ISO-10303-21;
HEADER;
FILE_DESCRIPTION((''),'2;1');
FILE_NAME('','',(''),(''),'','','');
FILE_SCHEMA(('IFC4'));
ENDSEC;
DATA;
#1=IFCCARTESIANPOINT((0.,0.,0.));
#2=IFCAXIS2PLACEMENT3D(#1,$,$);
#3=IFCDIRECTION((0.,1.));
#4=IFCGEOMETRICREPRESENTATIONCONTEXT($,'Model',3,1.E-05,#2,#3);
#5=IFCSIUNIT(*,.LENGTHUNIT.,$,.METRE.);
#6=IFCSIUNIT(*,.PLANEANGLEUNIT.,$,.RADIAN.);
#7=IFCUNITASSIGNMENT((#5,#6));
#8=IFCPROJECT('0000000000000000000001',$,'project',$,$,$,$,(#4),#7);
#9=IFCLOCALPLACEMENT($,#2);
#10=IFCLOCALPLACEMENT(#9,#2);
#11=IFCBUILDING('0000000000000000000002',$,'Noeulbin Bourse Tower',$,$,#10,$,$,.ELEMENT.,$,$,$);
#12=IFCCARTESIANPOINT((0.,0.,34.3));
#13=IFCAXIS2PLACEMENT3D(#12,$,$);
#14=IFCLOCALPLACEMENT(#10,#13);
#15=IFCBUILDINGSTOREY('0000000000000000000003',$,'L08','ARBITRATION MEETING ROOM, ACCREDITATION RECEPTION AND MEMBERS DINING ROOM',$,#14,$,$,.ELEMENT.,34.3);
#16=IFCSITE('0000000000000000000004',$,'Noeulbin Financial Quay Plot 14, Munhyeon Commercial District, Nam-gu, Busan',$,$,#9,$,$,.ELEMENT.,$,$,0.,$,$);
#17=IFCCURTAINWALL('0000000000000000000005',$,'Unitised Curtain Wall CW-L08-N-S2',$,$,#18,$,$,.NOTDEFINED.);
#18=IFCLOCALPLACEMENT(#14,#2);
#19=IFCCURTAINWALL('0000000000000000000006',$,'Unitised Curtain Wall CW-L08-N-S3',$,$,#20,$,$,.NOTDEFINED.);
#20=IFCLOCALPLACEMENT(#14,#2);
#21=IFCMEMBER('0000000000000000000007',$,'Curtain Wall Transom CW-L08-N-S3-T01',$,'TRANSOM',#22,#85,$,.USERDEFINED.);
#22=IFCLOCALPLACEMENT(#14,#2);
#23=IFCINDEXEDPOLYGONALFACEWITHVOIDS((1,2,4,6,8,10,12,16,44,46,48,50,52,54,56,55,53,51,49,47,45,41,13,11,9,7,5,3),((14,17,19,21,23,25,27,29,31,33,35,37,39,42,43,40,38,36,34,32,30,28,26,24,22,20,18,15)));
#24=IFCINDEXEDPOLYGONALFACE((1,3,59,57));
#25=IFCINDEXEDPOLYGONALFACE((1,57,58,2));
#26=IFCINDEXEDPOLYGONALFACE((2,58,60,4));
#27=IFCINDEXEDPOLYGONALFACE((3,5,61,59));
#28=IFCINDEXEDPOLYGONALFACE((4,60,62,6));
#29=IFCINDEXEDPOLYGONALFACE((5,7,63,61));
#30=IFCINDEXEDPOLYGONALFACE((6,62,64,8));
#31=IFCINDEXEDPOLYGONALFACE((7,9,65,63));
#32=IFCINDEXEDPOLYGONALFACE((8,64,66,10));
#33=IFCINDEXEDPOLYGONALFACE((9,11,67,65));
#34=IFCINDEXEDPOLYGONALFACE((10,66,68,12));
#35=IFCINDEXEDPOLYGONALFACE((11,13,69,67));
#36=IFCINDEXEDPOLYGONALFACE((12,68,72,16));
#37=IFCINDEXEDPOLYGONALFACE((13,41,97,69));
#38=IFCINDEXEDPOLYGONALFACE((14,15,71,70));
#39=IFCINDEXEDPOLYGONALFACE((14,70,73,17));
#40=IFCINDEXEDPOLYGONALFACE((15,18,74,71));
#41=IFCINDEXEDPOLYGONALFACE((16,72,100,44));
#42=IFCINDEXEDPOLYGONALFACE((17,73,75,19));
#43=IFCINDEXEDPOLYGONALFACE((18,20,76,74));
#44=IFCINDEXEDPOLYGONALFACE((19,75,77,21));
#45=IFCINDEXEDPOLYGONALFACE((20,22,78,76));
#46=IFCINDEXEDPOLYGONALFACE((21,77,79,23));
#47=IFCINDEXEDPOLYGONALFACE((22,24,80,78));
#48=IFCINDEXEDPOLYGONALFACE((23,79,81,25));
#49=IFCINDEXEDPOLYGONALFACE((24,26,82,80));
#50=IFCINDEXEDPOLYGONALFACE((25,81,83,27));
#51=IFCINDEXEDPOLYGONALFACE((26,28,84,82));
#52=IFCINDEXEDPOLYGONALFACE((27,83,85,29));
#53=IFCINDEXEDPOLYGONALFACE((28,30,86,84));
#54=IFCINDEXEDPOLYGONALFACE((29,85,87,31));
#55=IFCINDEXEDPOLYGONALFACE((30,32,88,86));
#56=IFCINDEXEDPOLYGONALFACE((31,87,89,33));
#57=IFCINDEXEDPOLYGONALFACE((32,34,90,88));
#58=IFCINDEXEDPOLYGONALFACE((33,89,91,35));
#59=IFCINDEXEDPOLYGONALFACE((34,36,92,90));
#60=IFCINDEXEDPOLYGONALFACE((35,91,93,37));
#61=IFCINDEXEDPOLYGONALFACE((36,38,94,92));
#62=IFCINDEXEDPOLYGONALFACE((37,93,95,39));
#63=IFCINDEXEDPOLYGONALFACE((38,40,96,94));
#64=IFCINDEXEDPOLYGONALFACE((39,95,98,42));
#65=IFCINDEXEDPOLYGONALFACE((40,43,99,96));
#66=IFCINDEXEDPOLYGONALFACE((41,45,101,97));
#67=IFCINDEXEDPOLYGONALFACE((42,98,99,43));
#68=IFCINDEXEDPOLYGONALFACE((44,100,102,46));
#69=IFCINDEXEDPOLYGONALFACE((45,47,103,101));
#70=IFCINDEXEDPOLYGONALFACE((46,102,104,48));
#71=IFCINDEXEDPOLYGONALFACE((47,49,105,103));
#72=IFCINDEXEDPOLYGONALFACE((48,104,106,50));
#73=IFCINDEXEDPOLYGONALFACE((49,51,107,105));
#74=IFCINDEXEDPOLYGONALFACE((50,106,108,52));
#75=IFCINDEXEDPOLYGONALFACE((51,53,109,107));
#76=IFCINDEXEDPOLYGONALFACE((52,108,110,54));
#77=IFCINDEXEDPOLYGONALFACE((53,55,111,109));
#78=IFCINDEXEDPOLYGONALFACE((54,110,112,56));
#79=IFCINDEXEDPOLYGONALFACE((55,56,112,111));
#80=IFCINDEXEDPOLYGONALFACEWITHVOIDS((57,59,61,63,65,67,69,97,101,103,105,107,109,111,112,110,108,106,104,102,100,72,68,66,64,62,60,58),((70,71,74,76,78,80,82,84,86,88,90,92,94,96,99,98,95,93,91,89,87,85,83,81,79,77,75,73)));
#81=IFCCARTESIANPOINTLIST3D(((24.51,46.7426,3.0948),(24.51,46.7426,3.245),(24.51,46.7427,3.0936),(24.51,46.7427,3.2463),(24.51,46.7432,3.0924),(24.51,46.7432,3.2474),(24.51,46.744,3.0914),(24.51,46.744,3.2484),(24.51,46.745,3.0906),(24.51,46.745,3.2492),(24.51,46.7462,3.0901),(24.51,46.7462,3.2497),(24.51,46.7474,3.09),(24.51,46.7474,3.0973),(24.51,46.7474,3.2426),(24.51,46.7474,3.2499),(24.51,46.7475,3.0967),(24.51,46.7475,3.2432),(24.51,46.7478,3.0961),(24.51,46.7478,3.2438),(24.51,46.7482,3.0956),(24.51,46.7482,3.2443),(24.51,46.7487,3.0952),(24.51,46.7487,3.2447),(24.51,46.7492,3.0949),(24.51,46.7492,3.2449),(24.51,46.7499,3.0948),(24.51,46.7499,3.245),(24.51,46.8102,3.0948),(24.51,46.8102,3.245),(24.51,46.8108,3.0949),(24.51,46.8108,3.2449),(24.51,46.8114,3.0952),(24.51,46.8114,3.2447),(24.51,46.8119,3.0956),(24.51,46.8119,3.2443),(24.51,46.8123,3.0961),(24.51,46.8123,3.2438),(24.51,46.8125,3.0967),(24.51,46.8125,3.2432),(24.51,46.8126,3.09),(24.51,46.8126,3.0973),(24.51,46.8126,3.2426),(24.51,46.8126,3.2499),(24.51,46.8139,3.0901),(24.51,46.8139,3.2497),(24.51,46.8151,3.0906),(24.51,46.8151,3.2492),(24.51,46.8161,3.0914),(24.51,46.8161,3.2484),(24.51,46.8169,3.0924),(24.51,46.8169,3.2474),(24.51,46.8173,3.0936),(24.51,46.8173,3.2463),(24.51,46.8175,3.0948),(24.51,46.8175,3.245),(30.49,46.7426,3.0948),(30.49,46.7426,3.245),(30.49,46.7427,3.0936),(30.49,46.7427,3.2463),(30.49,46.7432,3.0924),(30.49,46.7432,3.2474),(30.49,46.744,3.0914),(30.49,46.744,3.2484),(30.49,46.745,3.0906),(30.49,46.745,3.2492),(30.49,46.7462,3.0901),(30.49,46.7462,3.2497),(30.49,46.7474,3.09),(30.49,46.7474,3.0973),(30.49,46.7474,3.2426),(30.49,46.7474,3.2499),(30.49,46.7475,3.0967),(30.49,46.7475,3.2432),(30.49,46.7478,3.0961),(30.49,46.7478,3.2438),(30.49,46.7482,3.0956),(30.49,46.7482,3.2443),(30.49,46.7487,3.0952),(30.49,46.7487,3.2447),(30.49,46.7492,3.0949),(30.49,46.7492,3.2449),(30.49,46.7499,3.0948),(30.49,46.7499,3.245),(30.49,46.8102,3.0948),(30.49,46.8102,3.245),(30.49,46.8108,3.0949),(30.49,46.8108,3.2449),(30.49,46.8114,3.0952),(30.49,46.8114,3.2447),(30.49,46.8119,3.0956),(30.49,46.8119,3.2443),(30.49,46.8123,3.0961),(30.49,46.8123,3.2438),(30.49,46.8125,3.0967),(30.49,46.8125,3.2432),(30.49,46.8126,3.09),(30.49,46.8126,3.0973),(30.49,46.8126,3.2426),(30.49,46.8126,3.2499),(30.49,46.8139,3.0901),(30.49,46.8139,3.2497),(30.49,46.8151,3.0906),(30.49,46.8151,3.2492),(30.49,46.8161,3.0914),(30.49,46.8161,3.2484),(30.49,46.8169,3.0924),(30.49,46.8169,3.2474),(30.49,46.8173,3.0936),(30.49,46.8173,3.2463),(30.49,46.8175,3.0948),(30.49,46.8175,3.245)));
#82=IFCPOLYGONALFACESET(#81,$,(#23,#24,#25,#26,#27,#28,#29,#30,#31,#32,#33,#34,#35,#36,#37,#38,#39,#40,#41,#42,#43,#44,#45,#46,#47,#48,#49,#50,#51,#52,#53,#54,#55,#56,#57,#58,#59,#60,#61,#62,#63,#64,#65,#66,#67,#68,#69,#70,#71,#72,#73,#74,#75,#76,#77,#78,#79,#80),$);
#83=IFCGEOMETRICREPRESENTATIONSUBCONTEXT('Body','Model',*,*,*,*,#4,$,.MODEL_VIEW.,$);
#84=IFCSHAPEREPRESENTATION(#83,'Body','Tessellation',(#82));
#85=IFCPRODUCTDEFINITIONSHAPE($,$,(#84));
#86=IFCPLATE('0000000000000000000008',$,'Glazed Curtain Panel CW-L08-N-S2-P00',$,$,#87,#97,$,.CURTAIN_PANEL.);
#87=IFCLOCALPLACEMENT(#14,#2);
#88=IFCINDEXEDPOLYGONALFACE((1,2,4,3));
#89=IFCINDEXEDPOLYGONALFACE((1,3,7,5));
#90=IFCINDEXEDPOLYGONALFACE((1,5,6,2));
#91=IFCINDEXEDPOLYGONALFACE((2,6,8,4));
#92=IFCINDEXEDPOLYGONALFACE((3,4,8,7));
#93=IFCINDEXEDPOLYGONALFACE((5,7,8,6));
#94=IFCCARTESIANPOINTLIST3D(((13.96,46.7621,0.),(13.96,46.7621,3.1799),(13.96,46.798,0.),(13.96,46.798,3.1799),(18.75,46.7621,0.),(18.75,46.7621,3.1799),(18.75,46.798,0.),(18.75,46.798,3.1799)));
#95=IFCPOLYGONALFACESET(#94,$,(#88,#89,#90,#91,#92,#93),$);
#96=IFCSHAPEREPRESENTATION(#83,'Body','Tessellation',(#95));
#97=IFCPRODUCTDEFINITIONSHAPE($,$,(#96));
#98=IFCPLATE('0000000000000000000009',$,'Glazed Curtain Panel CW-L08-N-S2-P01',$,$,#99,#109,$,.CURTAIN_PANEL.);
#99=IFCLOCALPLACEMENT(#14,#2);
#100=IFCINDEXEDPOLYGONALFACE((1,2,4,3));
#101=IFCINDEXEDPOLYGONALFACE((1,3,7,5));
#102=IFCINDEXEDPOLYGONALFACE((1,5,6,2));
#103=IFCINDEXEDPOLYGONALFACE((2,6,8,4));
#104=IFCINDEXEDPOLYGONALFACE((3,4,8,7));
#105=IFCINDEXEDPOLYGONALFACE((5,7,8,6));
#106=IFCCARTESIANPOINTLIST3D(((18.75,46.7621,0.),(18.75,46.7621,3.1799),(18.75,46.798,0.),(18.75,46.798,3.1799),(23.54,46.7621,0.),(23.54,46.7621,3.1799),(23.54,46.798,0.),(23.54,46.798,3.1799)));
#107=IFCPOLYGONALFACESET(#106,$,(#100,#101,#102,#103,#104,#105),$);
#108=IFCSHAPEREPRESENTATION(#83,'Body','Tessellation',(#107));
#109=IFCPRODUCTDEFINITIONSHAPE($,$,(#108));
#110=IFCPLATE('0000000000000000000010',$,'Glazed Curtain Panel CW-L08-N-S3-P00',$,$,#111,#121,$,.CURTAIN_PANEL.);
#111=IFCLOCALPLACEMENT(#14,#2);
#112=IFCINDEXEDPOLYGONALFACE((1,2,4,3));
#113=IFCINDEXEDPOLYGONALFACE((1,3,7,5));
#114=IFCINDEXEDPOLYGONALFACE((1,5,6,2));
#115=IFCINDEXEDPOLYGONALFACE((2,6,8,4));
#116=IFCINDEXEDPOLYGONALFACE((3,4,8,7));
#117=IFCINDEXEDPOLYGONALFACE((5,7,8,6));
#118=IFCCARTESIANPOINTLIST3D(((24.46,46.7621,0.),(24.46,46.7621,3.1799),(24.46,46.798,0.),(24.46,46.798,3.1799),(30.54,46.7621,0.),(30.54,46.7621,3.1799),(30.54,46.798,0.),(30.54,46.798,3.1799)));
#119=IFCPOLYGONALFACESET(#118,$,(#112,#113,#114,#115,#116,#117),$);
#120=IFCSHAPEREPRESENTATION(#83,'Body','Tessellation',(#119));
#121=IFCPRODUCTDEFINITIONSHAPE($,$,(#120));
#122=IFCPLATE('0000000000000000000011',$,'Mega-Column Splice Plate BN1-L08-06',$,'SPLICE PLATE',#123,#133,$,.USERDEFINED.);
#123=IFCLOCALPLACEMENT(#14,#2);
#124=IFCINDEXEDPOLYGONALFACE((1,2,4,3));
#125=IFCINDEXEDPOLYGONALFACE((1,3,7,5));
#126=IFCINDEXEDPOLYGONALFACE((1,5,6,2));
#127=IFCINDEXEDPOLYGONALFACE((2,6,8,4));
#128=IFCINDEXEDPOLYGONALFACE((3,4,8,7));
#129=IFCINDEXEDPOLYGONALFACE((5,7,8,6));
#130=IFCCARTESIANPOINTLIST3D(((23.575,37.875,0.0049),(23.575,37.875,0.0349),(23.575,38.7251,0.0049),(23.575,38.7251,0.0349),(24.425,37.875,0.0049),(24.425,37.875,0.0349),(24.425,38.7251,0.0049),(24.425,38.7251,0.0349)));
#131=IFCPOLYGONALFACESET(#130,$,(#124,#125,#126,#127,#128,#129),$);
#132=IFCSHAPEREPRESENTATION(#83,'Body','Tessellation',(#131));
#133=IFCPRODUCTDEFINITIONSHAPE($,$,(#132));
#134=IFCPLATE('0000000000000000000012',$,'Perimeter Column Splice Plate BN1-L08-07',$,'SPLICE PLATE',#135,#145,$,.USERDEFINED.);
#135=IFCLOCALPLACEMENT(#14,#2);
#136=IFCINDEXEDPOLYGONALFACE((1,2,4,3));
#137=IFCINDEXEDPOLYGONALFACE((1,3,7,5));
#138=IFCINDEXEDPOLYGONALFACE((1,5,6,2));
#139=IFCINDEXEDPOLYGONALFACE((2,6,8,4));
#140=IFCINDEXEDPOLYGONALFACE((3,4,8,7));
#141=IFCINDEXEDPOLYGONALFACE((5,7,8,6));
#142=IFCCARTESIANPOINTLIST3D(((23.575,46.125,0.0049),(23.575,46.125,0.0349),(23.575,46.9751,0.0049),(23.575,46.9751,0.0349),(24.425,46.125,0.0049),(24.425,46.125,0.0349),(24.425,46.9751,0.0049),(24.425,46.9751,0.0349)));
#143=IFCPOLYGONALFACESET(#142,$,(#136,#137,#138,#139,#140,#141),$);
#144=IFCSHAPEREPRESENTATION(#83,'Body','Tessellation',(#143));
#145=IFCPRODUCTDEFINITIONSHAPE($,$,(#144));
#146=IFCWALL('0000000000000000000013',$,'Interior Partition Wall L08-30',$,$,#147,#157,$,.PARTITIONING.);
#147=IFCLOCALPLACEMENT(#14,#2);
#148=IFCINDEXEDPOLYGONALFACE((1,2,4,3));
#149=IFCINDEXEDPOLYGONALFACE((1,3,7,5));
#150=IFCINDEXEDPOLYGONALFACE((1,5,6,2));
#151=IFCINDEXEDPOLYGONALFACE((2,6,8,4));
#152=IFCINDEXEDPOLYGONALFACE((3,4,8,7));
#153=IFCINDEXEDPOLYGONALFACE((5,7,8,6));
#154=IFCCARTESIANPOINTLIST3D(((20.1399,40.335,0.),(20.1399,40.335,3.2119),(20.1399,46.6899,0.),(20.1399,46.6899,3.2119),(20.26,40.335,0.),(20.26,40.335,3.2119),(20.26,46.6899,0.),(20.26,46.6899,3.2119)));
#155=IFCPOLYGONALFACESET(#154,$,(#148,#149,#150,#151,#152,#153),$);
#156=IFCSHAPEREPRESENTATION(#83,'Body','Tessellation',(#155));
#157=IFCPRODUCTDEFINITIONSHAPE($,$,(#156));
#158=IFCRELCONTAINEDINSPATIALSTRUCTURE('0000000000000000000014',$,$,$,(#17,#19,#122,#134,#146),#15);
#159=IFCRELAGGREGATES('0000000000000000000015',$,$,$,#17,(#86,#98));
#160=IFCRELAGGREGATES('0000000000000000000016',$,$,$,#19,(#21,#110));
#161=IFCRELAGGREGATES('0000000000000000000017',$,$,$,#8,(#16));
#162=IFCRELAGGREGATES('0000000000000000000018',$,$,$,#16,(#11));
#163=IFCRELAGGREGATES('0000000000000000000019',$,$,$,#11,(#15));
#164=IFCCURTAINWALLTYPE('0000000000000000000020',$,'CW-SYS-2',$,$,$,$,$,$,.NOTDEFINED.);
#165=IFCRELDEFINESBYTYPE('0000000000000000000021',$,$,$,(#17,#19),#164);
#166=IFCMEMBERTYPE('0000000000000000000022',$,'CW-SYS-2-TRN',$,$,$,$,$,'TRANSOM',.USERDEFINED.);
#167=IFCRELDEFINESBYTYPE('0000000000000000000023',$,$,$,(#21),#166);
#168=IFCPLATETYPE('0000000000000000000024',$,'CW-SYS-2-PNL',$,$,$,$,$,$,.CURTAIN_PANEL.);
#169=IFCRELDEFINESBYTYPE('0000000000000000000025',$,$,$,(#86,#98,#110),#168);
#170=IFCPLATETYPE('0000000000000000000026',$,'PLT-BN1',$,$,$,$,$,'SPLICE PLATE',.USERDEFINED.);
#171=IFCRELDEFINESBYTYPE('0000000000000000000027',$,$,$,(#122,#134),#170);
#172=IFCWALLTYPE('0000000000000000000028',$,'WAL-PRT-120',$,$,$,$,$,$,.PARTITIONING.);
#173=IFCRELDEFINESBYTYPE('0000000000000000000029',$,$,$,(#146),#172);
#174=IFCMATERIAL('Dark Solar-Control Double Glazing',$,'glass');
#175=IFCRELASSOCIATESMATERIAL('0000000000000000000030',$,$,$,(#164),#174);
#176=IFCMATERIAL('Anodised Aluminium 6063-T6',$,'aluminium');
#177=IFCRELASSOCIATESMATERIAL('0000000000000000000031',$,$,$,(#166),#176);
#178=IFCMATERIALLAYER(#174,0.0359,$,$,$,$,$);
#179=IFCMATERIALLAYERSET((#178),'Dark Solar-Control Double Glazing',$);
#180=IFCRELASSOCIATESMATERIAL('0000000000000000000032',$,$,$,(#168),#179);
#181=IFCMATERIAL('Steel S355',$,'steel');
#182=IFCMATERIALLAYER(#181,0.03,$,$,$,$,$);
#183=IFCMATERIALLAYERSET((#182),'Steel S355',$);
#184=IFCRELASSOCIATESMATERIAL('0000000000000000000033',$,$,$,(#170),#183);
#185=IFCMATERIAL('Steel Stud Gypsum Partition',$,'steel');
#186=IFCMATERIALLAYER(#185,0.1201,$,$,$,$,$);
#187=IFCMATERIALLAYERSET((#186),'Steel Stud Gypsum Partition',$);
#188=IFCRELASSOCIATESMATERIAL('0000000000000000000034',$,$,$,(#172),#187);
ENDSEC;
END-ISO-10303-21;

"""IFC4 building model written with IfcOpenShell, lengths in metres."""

from ifc_helpers import new_model, si_unit, direction, frame, frame_2d, origin, origin_2d, place, context, subcontext, project, spatial, rectangle, hollow_rectangle, extrude, material, layer, layer_set, material_profile, profile_set, type_object, element, aggregate, save


model = new_model("IFC4")

# Units and contexts
model_context = context("Model", 3, precision=1e-05, world=origin(), true_north=direction((0.0, 1.0)))
body_context = subcontext(model_context, "Body", "Model", "MODEL_VIEW")
ifc_project = project(units=[si_unit("LENGTHUNIT", "METRE"), si_unit("PLANEANGLEUNIT", "RADIAN")], contexts=[model_context])

# Site, building, storey
site_placement = place(None, origin())
site = spatial("IfcSite", under=ifc_project, at=site_placement, Name="Noeulbin Financial Quay Plot 14, Munhyeon Commercial District, Nam-gu, Busan", CompositionType="ELEMENT", RefElevation=0.0)
building_placement = place(site_placement, origin())
building = spatial("IfcBuilding", under=site, at=building_placement, Name="Noeulbin Bourse Tower", CompositionType="ELEMENT")
storey_placement = place(building_placement, frame((0.0, 0.0, 34.3)))
storey = spatial("IfcBuildingStorey", under=building, at=storey_placement, Name="L08", Description="ARBITRATION MEETING ROOM, ACCREDITATION RECEPTION AND MEMBERS DINING ROOM", CompositionType="ELEMENT", Elevation=34.3)

# Shared definitions
ifc_material_1 = material(Name="Steel S355", Category="steel")

# Curtain walls, member
ifc_material_2 = material(Name="Dark Solar-Control Double Glazing", Category="glass")
curtain_wall_type = type_object("IfcCurtainWallType", Name="CW-SYS-2", PredefinedType="NOTDEFINED", material=ifc_material_2)
curtain_wall_1_placement = place(storey_placement, origin())
curtain_wall_1 = element("IfcCurtainWall", 1, at=curtain_wall_1_placement, inside=storey, type_object=curtain_wall_type, Name="Unitised Curtain Wall CW-L08-N-S2", PredefinedType="NOTDEFINED")
ifc_material_3 = material(Name="Anodised Aluminium 6063-T6", Category="aluminium")
curtain_wall_2_placement = place(storey_placement, origin())
curtain_wall_2 = element("IfcCurtainWall", 2, at=curtain_wall_2_placement, inside=storey, type_object=curtain_wall_type, Name="Unitised Curtain Wall CW-L08-N-S3", PredefinedType="NOTDEFINED")
ifc_material_profile_1 = material_profile(ifc_material_3, hollow_rectangle(XDim=0.075, YDim=0.1599, WallThickness=0.0049, InnerFilletRadius=0.0024, OuterFilletRadius=0.0049, at=origin_2d()), Name="ALU-TRAN-75x160x5", Category="LoadBearing")
ifc_profile_set_1 = profile_set([ifc_material_profile_1], Name="Anodised Aluminium 6063-T6")
member_type_1 = type_object("IfcMemberType", Name="CW-SYS-2-TRN", ElementType="TRANSOM", PredefinedType="USERDEFINED", material=ifc_profile_set_1)
member_1_placement = place(storey_placement, frame((24.51, 46.78, 3.1699), z_axis=(1.0, 0.0, 0.0), x_axis=(0.0, 1.0, 0.0)))
member_1 = element("IfcMember", 3, at=member_1_placement, type_object=member_type_1, Name="Curtain Wall Transom CW-L08-N-S3-T01", ObjectType="TRANSOM", PredefinedType="USERDEFINED", context=body_context, shape_type="SweptSolid", body=[
    extrude(hollow_rectangle(XDim=0.075, YDim=0.1599, WallThickness=0.0049, InnerFilletRadius=0.0024, OuterFilletRadius=0.0049, at=origin_2d()), origin(), (0.0, 0.0, 1.0), 5.98),
])

# Plates
ifc_layer_1 = layer(ifc_material_2, 0.0359)
ifc_layer_set_1 = layer_set([ifc_layer_1], Name="Dark Solar-Control Double Glazing")
plate_type_1 = type_object("IfcPlateType", Name="CW-SYS-2-PNL", PredefinedType="CURTAIN_PANEL", material=ifc_layer_set_1)
plate_1_placement = place(storey_placement, frame((16.355, 46.78, 0.0), z_axis=(0.0, 0.0, 1.0), x_axis=(1.0, 0.0, 0.0)))
plate_1 = element("IfcPlate", 4, at=plate_1_placement, type_object=plate_type_1, Name="Glazed Curtain Panel CW-L08-N-S2-P00", PredefinedType="CURTAIN_PANEL", context=body_context, shape_type="SweptSolid", body=[
    extrude(rectangle(XDim=4.79, YDim=0.0359, at=origin_2d()), origin(), (0.0, 0.0, 1.0), 3.1799),
])
plate_2_placement = place(storey_placement, frame((21.145, 46.78, 0.0), z_axis=(0.0, 0.0, 1.0), x_axis=(1.0, 0.0, 0.0)))
plate_2 = element("IfcPlate", 5, at=plate_2_placement, type_object=plate_type_1, Name="Glazed Curtain Panel CW-L08-N-S2-P01", PredefinedType="CURTAIN_PANEL", context=body_context, shape_type="SweptSolid", body=[
    extrude(rectangle(XDim=4.79, YDim=0.0359, at=origin_2d()), origin(), (0.0, 0.0, 1.0), 3.1799),
])
aggregate(curtain_wall_1, [plate_1, plate_2])
plate_3_placement = place(storey_placement, frame((27.5, 46.78, 0.0), z_axis=(0.0, 0.0, 1.0), x_axis=(1.0, 0.0, 0.0)))
plate_3 = element("IfcPlate", 6, at=plate_3_placement, type_object=plate_type_1, Name="Glazed Curtain Panel CW-L08-N-S3-P00", PredefinedType="CURTAIN_PANEL", context=body_context, shape_type="SweptSolid", body=[
    extrude(rectangle(XDim=6.0801, YDim=0.0359, at=origin_2d()), origin(), (0.0, 0.0, 1.0), 3.1799),
])
aggregate(curtain_wall_2, [member_1, plate_3])

# Plates
ifc_layer_2 = layer(ifc_material_1, 0.03)
ifc_layer_set_2 = layer_set([ifc_layer_2], Name="Steel S355")
plate_type_2 = type_object("IfcPlateType", Name="PLT-BN1", ElementType="SPLICE PLATE", PredefinedType="USERDEFINED", material=ifc_layer_set_2)
for number, where, z_axis, x_axis, name in (
    (7, (24.0, 38.3, 0.0049), (0.0, 0.0, 1.0), (1.0, 0.0, 0.0), "Mega-Column Splice Plate BN1-L08-06"),
    (8, (24.0, 46.55, 0.0049), (0.0, 0.0, 1.0), (1.0, 0.0, 0.0), "Perimeter Column Splice Plate BN1-L08-07"),
):
    element("IfcPlate", number, at=place(storey_placement, frame(where, z_axis=z_axis, x_axis=x_axis)), inside=storey, type_object=plate_type_2, Name=name, ObjectType="SPLICE PLATE", PredefinedType="USERDEFINED", context=body_context, shape_type="SweptSolid", body=[
        extrude(rectangle(XDim=0.8501, YDim=0.8501, at=origin_2d()), origin(), (0.0, 0.0, 1.0), 0.03),
    ])

# Wall
ifc_material_4 = material(Name="Steel Stud Gypsum Partition", Category="steel")
ifc_layer_3 = layer(ifc_material_4, 0.1201)
ifc_layer_set_3 = layer_set([ifc_layer_3], Name="Steel Stud Gypsum Partition")
wall_type = type_object("IfcWallType", Name="WAL-PRT-120", PredefinedType="PARTITIONING", material=ifc_layer_set_3)
wall_placement = place(storey_placement, frame((20.2, 40.335, 0.0), z_axis=(0.0, 0.0, 1.0), x_axis=(0.0, 1.0, 0.0)))
element("IfcWall", 9, at=wall_placement, inside=storey, type_object=wall_type, Name="Interior Partition Wall L08-30", PredefinedType="PARTITIONING", context=body_context, shape_type="SweptSolid", body=[
    extrude(rectangle(XDim=6.355, YDim=0.1201, at=frame_2d((3.1775, 0.0))), origin(), (0.0, 0.0, 1.0), 3.2119),
])

save(model, "model.ifc")
